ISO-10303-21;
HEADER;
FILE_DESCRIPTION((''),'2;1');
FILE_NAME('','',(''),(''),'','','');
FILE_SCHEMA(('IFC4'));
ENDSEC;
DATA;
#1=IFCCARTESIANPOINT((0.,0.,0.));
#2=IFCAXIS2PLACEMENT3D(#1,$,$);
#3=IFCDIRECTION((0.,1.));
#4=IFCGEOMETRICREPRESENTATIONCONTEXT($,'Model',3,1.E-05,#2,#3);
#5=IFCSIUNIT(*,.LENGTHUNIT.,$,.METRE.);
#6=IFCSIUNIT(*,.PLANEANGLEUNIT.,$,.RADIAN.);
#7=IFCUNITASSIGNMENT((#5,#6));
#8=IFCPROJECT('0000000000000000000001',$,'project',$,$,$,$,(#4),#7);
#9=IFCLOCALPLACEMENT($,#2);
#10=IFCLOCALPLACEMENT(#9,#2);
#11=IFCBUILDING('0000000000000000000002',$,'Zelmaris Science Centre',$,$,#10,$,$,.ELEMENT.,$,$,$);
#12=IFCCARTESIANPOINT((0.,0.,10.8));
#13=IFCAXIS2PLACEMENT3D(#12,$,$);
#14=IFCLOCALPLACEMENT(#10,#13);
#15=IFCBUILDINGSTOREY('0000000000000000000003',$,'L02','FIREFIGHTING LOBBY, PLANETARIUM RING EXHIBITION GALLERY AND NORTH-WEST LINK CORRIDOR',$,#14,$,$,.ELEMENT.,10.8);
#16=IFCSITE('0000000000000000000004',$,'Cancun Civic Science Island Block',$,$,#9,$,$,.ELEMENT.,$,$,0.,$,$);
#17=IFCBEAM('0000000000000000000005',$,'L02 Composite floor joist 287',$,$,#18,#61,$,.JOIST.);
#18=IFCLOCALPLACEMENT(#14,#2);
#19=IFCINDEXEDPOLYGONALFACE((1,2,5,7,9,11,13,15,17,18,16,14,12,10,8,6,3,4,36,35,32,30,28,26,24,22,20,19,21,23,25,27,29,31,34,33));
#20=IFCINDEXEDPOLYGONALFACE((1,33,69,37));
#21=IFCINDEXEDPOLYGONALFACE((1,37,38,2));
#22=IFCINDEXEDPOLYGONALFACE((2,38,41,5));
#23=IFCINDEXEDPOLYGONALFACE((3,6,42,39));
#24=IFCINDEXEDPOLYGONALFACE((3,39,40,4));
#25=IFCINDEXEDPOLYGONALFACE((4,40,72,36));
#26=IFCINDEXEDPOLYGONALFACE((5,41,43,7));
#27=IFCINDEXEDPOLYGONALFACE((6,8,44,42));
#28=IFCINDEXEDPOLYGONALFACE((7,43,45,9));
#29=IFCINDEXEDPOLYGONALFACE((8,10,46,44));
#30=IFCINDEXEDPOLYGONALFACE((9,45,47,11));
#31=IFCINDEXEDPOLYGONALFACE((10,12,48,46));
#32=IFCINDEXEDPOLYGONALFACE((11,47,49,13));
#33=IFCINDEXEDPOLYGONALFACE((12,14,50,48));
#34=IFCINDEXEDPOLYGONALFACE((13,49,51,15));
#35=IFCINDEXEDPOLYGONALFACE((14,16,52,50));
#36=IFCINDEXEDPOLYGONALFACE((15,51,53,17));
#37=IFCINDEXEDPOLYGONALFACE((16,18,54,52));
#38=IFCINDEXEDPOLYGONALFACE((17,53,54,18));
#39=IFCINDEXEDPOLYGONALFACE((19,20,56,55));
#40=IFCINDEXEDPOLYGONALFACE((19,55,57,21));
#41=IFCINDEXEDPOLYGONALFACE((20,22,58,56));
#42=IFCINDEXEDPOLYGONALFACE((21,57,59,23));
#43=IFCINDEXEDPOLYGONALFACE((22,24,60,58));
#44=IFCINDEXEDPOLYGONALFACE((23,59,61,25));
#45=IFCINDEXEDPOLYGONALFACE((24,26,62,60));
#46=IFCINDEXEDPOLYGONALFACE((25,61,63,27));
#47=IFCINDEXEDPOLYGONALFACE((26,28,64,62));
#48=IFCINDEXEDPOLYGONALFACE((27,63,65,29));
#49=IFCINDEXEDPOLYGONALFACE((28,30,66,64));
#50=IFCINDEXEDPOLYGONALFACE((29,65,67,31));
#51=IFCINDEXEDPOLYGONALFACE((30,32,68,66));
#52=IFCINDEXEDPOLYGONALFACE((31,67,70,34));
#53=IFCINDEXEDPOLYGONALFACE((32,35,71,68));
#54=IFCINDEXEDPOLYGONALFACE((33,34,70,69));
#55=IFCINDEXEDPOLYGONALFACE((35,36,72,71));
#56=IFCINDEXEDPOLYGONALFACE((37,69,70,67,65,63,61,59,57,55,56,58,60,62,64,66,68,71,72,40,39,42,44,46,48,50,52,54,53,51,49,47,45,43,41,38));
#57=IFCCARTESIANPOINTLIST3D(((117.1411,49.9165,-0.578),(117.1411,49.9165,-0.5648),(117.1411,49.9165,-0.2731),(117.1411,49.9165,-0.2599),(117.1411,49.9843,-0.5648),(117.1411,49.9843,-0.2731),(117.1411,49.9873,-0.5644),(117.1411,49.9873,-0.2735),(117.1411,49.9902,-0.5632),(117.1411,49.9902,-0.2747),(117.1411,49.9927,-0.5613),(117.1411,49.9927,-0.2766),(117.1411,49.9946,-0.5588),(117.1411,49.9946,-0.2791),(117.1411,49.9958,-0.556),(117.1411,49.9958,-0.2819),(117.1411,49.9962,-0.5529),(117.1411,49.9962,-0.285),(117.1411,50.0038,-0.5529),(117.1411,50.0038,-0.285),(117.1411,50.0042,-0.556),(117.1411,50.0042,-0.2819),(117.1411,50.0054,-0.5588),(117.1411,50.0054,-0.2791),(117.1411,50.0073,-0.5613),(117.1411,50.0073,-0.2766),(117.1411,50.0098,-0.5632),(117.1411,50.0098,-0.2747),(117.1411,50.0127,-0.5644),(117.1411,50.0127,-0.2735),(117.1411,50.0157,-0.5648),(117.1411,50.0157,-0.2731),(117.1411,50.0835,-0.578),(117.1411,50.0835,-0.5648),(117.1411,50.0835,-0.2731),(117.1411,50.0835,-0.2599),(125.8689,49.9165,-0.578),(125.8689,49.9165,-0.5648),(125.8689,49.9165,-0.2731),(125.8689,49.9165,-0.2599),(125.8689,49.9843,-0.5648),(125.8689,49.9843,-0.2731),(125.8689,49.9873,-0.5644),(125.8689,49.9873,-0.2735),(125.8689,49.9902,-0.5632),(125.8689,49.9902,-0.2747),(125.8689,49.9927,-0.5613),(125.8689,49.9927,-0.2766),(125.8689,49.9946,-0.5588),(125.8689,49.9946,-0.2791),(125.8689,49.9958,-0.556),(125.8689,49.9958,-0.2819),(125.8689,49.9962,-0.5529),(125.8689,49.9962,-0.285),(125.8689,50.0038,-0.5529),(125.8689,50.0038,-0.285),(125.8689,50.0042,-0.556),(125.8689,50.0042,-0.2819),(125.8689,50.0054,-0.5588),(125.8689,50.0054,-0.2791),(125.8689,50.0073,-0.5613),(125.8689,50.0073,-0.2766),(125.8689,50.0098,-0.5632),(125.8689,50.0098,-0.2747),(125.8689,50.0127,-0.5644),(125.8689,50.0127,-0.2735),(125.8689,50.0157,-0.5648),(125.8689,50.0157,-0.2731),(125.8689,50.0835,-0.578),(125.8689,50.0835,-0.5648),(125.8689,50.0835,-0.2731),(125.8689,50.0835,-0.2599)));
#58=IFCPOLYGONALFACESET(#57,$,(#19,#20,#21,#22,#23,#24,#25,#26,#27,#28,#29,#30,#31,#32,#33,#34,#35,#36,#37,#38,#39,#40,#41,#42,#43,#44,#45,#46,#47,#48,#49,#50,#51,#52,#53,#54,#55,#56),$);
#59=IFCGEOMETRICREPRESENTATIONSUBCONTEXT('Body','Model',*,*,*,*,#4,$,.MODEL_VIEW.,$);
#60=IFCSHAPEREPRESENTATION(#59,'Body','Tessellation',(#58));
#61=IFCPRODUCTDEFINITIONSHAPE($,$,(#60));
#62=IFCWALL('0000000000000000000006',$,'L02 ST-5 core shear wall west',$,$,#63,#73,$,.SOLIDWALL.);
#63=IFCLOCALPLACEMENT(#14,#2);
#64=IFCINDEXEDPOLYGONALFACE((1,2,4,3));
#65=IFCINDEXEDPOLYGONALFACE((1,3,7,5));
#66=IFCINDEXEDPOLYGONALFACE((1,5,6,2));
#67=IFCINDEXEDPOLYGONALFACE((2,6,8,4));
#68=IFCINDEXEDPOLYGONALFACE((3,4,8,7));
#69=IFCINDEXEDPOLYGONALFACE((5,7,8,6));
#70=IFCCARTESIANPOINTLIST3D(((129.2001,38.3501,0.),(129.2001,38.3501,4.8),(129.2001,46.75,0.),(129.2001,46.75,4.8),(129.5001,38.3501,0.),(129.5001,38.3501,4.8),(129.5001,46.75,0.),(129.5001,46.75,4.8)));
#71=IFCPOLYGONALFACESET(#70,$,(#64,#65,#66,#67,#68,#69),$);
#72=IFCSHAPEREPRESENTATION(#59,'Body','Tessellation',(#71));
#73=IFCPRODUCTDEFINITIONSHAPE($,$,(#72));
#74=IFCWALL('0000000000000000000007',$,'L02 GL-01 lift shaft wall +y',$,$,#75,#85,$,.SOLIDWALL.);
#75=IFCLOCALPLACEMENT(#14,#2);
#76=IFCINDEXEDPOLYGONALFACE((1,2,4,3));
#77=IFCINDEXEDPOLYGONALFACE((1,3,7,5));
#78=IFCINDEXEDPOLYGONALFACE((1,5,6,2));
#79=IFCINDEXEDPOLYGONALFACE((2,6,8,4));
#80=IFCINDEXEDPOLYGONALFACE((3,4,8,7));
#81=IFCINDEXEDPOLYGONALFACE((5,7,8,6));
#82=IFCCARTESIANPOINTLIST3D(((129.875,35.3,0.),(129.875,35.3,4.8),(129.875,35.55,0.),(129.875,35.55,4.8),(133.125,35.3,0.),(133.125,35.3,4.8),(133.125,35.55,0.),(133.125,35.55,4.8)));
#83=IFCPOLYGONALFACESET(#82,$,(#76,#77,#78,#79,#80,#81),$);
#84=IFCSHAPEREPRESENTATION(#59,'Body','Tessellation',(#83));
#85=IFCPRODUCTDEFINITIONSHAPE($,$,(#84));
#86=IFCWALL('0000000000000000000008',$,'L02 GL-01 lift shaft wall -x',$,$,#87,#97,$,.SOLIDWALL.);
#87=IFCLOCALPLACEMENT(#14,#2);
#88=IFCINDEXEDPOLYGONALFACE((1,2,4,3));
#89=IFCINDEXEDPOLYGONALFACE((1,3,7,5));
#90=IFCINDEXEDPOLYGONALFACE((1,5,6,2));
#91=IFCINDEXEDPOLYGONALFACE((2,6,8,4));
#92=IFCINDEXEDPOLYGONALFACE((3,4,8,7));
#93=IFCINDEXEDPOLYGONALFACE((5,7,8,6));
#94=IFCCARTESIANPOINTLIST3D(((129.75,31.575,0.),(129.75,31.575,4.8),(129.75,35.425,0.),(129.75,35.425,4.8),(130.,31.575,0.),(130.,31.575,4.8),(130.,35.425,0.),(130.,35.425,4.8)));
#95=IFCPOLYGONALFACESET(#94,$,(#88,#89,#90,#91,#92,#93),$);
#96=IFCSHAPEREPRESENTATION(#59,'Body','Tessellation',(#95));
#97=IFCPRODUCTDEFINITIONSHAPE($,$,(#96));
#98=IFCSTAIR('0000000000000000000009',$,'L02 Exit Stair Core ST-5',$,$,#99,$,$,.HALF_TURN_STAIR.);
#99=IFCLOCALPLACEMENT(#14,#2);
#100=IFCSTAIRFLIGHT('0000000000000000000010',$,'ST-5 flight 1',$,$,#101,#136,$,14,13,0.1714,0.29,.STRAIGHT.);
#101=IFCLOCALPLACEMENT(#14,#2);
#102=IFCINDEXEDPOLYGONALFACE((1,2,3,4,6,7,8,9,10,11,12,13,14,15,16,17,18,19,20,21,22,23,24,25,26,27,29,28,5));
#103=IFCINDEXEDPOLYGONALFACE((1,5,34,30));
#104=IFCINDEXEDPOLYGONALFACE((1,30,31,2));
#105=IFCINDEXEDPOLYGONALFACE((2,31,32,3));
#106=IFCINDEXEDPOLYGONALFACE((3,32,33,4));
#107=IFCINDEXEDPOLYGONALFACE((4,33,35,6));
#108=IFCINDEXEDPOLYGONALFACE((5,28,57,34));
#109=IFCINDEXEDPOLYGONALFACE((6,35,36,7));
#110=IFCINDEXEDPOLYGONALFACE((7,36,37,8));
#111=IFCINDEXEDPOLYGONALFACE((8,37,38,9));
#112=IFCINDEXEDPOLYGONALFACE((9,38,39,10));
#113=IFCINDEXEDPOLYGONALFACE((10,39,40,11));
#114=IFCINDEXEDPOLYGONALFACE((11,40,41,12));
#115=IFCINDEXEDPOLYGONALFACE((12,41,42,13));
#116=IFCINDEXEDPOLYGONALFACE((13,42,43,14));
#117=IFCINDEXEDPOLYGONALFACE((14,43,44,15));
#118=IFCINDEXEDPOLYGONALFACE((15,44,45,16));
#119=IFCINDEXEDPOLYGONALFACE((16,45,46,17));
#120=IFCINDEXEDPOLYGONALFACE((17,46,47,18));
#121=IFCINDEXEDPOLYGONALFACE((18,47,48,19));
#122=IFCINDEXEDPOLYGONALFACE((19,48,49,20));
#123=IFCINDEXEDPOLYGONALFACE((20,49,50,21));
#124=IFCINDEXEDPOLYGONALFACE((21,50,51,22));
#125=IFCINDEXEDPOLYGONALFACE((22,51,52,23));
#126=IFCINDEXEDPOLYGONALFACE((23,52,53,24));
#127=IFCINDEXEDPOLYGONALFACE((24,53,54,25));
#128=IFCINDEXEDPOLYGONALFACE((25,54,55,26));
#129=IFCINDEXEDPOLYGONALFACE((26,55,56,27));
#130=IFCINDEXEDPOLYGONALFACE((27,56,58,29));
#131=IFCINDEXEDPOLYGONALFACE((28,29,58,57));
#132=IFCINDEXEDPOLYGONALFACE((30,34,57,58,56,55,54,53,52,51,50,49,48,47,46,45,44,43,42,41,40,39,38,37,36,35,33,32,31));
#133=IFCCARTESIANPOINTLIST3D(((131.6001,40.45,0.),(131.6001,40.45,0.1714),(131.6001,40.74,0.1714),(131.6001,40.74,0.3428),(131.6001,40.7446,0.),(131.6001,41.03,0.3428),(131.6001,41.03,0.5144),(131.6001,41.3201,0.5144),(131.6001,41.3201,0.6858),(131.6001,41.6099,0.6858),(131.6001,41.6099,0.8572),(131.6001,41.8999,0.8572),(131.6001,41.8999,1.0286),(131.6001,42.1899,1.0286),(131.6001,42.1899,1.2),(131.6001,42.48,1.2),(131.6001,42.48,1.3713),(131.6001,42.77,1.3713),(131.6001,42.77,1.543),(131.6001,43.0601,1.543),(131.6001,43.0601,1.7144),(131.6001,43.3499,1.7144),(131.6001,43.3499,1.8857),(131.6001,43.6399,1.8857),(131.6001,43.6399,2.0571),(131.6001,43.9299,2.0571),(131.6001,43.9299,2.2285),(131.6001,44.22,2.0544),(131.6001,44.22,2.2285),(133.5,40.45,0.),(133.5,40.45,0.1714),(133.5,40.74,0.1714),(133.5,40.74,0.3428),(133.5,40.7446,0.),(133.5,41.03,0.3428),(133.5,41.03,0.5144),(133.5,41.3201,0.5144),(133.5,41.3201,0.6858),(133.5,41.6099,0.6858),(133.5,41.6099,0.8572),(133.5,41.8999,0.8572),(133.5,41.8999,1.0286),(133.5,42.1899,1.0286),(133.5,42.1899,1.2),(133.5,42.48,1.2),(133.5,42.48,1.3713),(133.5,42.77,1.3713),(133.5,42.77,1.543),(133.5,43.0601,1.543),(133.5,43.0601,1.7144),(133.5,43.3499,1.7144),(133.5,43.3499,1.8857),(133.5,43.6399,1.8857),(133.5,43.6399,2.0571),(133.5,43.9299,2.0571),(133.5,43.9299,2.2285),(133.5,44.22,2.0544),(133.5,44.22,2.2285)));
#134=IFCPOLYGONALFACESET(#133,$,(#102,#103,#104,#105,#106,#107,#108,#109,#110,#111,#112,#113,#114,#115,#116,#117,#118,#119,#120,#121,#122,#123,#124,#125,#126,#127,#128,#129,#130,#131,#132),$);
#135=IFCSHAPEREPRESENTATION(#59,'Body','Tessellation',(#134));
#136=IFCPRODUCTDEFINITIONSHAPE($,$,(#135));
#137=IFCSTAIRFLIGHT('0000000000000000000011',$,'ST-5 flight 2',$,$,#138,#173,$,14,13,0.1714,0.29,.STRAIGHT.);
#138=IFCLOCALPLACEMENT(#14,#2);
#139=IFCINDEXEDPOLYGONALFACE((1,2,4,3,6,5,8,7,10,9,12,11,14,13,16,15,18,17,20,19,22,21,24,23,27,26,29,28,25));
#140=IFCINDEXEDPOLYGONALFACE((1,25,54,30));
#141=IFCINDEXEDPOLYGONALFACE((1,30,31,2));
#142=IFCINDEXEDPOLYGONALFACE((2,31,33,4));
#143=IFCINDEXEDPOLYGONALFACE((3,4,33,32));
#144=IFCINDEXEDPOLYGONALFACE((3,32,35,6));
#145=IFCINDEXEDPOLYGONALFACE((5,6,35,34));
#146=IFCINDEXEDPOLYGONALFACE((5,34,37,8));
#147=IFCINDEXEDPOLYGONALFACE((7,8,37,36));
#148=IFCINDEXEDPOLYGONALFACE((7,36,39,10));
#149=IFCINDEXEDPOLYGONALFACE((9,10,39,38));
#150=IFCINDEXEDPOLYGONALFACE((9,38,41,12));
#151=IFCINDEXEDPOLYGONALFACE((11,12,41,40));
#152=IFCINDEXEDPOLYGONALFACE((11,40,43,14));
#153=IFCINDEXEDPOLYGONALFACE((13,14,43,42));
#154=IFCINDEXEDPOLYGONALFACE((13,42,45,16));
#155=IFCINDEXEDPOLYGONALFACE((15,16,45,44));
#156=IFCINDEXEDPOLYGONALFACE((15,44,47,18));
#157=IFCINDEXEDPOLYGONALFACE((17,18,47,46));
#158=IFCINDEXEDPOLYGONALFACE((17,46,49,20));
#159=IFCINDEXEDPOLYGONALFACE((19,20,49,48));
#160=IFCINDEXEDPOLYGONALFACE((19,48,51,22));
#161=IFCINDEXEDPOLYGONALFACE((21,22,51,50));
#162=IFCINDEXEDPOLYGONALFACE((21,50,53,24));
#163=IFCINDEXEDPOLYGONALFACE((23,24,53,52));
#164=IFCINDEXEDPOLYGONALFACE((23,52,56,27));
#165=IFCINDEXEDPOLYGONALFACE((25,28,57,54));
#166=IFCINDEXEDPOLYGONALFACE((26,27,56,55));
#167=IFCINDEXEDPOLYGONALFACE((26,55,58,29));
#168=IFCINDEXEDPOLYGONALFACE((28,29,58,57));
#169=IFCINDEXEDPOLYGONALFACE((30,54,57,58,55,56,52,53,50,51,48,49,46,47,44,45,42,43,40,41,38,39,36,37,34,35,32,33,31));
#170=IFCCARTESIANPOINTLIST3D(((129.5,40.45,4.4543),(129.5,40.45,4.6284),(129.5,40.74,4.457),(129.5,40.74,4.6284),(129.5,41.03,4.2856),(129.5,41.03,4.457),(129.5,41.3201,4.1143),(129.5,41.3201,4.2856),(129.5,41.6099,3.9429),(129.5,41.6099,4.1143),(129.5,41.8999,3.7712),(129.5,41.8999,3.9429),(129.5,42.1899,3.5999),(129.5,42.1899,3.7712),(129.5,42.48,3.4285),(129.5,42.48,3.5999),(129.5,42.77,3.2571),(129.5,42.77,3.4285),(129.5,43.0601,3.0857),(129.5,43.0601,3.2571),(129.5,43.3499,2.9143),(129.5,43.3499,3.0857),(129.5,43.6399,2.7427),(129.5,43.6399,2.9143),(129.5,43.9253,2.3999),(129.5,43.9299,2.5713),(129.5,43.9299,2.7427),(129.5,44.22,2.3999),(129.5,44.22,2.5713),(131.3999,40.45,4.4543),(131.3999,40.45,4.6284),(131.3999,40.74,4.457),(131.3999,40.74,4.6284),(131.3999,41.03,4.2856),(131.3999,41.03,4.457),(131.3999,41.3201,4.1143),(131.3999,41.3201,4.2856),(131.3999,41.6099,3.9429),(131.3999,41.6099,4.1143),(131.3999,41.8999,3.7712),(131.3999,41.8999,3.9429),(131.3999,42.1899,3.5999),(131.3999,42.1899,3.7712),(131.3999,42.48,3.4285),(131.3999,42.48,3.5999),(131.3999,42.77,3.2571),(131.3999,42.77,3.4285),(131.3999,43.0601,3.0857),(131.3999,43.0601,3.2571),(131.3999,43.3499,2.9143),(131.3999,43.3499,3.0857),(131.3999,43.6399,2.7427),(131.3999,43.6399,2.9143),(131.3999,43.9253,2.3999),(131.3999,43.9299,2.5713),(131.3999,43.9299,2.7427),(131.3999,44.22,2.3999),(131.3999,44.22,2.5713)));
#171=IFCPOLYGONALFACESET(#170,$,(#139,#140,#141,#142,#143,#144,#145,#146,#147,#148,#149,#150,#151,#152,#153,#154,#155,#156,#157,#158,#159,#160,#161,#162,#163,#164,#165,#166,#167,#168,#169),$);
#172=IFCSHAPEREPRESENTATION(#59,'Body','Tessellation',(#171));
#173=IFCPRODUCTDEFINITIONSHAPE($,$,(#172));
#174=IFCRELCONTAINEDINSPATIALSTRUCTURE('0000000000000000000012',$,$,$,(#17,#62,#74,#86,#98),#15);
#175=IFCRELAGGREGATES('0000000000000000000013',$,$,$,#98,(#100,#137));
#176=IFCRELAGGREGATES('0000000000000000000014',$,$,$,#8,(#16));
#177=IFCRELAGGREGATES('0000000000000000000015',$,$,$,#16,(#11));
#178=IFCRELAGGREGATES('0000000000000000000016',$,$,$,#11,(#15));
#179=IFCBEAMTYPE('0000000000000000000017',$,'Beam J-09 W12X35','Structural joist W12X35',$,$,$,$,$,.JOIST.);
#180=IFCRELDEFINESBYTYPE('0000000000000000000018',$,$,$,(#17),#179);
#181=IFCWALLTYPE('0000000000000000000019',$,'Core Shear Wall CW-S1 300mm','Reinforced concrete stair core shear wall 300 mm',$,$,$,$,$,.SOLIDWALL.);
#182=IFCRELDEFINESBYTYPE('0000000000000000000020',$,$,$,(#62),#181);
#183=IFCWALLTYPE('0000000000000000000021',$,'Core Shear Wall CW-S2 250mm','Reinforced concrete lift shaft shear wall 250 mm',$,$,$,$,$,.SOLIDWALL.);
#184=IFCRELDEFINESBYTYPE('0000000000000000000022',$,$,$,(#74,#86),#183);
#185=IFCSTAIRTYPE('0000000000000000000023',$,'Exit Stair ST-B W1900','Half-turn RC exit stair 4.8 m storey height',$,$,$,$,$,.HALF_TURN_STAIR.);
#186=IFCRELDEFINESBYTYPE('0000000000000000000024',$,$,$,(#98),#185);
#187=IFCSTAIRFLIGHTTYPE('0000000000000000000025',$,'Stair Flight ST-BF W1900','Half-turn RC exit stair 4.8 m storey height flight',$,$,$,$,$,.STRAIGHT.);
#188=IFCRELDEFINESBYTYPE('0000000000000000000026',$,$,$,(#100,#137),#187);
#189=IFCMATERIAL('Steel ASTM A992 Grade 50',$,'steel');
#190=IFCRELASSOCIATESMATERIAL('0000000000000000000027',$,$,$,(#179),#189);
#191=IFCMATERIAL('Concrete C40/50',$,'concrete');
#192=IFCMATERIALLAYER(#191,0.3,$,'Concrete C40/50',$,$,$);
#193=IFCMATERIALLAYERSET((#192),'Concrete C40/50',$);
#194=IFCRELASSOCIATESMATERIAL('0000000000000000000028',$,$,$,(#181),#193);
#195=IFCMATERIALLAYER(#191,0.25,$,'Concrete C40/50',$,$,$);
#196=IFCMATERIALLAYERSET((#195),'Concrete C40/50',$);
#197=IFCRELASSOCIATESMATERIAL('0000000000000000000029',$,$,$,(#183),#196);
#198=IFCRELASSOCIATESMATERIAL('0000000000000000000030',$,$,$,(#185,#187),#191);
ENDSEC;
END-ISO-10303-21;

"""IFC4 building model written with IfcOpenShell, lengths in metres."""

from ifc_helpers import new_model, si_unit, direction, frame, frame_2d, origin, origin_2d, place, context, subcontext, project, spatial, polyline, rectangle, i_section, outline, extrude, material, layer, layer_set, material_profile, profile_set, type_object, element, aggregate, save


model = new_model("IFC4")

# Units and contexts
model_context = context("Model", 3, precision=1e-05, world=origin(), true_north=direction((0.0, 1.0)))
body_context = subcontext(model_context, "Body", "Model", "MODEL_VIEW")
ifc_project = project(units=[si_unit("LENGTHUNIT", "METRE"), si_unit("PLANEANGLEUNIT", "RADIAN")], contexts=[model_context])

# Site, building, storey
site_placement = place(None, origin())
site = spatial("IfcSite", under=ifc_project, at=site_placement, Name="Cancun Civic Science Island Block", CompositionType="ELEMENT", RefElevation=0.0)
building_placement = place(site_placement, origin())
building = spatial("IfcBuilding", under=site, at=building_placement, Name="Zelmaris Science Centre", CompositionType="ELEMENT")
storey_placement = place(building_placement, frame((0.0, 0.0, 10.8)))
storey = spatial("IfcBuildingStorey", under=building, at=storey_placement, Name="L02", Description="FIREFIGHTING LOBBY, PLANETARIUM RING EXHIBITION GALLERY AND NORTH-WEST LINK CORRIDOR", CompositionType="ELEMENT", Elevation=10.8)

# Shared definitions
ifc_material_1 = material(Name="Steel ASTM A992 Grade 50", Category="steel")

# Beam
ifc_material_profile_1 = material_profile(ifc_material_1, i_section(OverallWidth=0.167, OverallDepth=0.3181, WebThickness=0.0076, FlangeThickness=0.0132, FilletRadius=0.012, at=origin_2d()), Name="W12X35")
ifc_profile_set_1 = profile_set([ifc_material_profile_1], Name="Steel ASTM A992 Grade 50")
beam_type_1 = type_object("IfcBeamType", Name="Beam J-09 W12X35", Description="Structural joist W12X35", PredefinedType="JOIST", material=ifc_profile_set_1)
beam_1_placement = place(storey_placement, frame((117.1411, 50.0, -0.4189), z_axis=(1.0, 0.0, 0.0), x_axis=(0.0, 1.0, 0.0)))
element("IfcBeam", 1, at=beam_1_placement, inside=storey, type_object=beam_type_1, Name="L02 Composite floor joist 287", PredefinedType="JOIST", context=body_context, shape_type="SweptSolid", body=[
    extrude(i_section(OverallWidth=0.167, OverallDepth=0.3181, WebThickness=0.0076, FlangeThickness=0.0132, FilletRadius=0.012, at=origin_2d()), origin(), (0.0, 0.0, 1.0), 8.7278),
])

# Walls
ifc_material_2 = material(Name="Concrete C40/50", Category="concrete")
ifc_layer_1 = layer(ifc_material_2, 0.3, Name="Concrete C40/50")
ifc_layer_set_1 = layer_set([ifc_layer_1], Name="Concrete C40/50")
wall_type_1 = type_object("IfcWallType", Name="Core Shear Wall CW-S1 300mm", Description="Reinforced concrete stair core shear wall 300 mm", PredefinedType="SOLIDWALL", material=ifc_layer_set_1)
wall_1_placement = place(storey_placement, frame((129.3501, 38.3501, 0.0), z_axis=(0.0, 0.0, 1.0), x_axis=(0.0, 1.0, 0.0)))
element("IfcWall", 2, at=wall_1_placement, inside=storey, type_object=wall_type_1, Name="L02 ST-5 core shear wall west", PredefinedType="SOLIDWALL", context=body_context, shape_type="SweptSolid", body=[
    extrude(rectangle(XDim=8.3999, YDim=0.3, at=frame_2d((4.2, 0.0))), origin(), (0.0, 0.0, 1.0), 4.8),
])
ifc_layer_2 = layer(ifc_material_2, 0.25, Name="Concrete C40/50")
ifc_layer_set_2 = layer_set([ifc_layer_2], Name="Concrete C40/50")
wall_type_2 = type_object("IfcWallType", Name="Core Shear Wall CW-S2 250mm", Description="Reinforced concrete lift shaft shear wall 250 mm", PredefinedType="SOLIDWALL", material=ifc_layer_set_2)
wall_2_placement = place(storey_placement, frame((133.125, 35.425, 0.0), z_axis=(0.0, 0.0, 1.0), x_axis=(-1.0, 0.0, 0.0)))
element("IfcWall", 3, at=wall_2_placement, inside=storey, type_object=wall_type_2, Name="L02 GL-01 lift shaft wall +y", PredefinedType="SOLIDWALL", context=body_context, shape_type="SweptSolid", body=[
    extrude(rectangle(XDim=3.25, YDim=0.25, at=frame_2d((1.625, 0.0))), origin(), (0.0, 0.0, 1.0), 4.8),
])
wall_3_placement = place(storey_placement, frame((129.875, 35.425, 0.0), z_axis=(0.0, 0.0, 1.0), x_axis=(0.0, -1.0, 0.0)))
element("IfcWall", 4, at=wall_3_placement, inside=storey, type_object=wall_type_2, Name="L02 GL-01 lift shaft wall -x", PredefinedType="SOLIDWALL", context=body_context, shape_type="SweptSolid", body=[
    extrude(rectangle(XDim=3.8501, YDim=0.25, at=frame_2d((1.925, 0.0))), origin(), (0.0, 0.0, 1.0), 4.8),
])

# Stair, stair flights
stair_type = type_object("IfcStairType", Name="Exit Stair ST-B W1900", Description="Half-turn RC exit stair 4.8 m storey height", PredefinedType="HALF_TURN_STAIR", material=ifc_material_2)
stair_placement = place(storey_placement, origin())
stair = element("IfcStair", 5, at=stair_placement, inside=storey, type_object=stair_type, Name="L02 Exit Stair Core ST-5", PredefinedType="HALF_TURN_STAIR")
stair_flight_type = type_object("IfcStairFlightType", Name="Stair Flight ST-BF W1900", Description="Half-turn RC exit stair 4.8 m storey height flight", PredefinedType="STRAIGHT", material=ifc_material_2)
stair_flight_1_placement = place(storey_placement, frame((132.55, 40.45, 0.0), z_axis=(0.0, 0.0, 1.0), x_axis=(0.0, 1.0, 0.0)))
stair_flight_1 = element("IfcStairFlight", 6, at=stair_flight_1_placement, type_object=stair_flight_type, Name="ST-5 flight 1", NumberOfRisers=14, NumberOfTreads=13, PredefinedType="STRAIGHT", RiserHeight=0.1714, TreadLength=0.29, context=body_context, shape_type="SweptSolid", body=[
    extrude(outline(polyline([(0.0, 0.0), (0.0, 0.1714), (0.29, 0.1714), (0.29, 0.3428), (0.5801, 0.3428), (0.5801, 0.5144), (0.8701, 0.5144), (0.8701, 0.6858), (1.1599, 0.6858), (1.1599, 0.8572), (1.45, 0.8572), (1.45, 1.0286), (1.74, 1.0286), (1.74, 1.2), (2.03, 1.2), (2.03, 1.3713), (2.3201, 1.3713), (2.3201, 1.543), (2.6101, 1.543), (2.6101, 1.7144), (2.8999, 1.7144), (2.8999, 1.8857), (3.1899, 1.8857), (3.1899, 2.0571), (3.48, 2.0571), (3.48, 2.2285), (3.77, 2.2285), (3.77, 2.3999), (3.77, 2.0544), (0.2947, 0.0), (0.0, 0.0)])), frame((0.0, 0.95, 0.0), z_axis=(0.0, -1.0, 0.0), x_axis=(1.0, 0.0, 0.0)), (0.0, 0.0, 1.0), 1.8999),
])
stair_flight_2_placement = place(storey_placement, frame((130.45, 44.22, 2.3999), z_axis=(0.0, 0.0, 1.0), x_axis=(0.0, -1.0, 0.0)))
stair_flight_2 = element("IfcStairFlight", 7, at=stair_flight_2_placement, type_object=stair_flight_type, Name="ST-5 flight 2", NumberOfRisers=14, NumberOfTreads=13, PredefinedType="STRAIGHT", RiserHeight=0.1714, TreadLength=0.29, context=body_context, shape_type="SweptSolid", body=[
    extrude(outline(polyline([(0.0, 0.0), (0.0, 0.1714), (0.29, 0.1714), (0.29, 0.3428), (0.5801, 0.3428), (0.5801, 0.5144), (0.8701, 0.5144), (0.8701, 0.6858), (1.1599, 0.6858), (1.1599, 0.8572), (1.45, 0.8572), (1.45, 1.0286), (1.74, 1.0286), (1.74, 1.2), (2.03, 1.2), (2.03, 1.3713), (2.3201, 1.3713), (2.3201, 1.543), (2.6101, 1.543), (2.6101, 1.7144), (2.8999, 1.7144), (2.8999, 1.8857), (3.1899, 1.8857), (3.1899, 2.0571), (3.48, 2.0571), (3.48, 2.2285), (3.77, 2.2285), (3.77, 2.3999), (3.77, 2.0544), (0.2947, 0.0), (0.0, 0.0)])), frame((0.0, 0.95, 0.0), z_axis=(0.0, -1.0, 0.0), x_axis=(1.0, 0.0, 0.0)), (0.0, 0.0, 1.0), 1.8999),
])
aggregate(stair, [stair_flight_1, stair_flight_2])

save(model, "model.ifc")
